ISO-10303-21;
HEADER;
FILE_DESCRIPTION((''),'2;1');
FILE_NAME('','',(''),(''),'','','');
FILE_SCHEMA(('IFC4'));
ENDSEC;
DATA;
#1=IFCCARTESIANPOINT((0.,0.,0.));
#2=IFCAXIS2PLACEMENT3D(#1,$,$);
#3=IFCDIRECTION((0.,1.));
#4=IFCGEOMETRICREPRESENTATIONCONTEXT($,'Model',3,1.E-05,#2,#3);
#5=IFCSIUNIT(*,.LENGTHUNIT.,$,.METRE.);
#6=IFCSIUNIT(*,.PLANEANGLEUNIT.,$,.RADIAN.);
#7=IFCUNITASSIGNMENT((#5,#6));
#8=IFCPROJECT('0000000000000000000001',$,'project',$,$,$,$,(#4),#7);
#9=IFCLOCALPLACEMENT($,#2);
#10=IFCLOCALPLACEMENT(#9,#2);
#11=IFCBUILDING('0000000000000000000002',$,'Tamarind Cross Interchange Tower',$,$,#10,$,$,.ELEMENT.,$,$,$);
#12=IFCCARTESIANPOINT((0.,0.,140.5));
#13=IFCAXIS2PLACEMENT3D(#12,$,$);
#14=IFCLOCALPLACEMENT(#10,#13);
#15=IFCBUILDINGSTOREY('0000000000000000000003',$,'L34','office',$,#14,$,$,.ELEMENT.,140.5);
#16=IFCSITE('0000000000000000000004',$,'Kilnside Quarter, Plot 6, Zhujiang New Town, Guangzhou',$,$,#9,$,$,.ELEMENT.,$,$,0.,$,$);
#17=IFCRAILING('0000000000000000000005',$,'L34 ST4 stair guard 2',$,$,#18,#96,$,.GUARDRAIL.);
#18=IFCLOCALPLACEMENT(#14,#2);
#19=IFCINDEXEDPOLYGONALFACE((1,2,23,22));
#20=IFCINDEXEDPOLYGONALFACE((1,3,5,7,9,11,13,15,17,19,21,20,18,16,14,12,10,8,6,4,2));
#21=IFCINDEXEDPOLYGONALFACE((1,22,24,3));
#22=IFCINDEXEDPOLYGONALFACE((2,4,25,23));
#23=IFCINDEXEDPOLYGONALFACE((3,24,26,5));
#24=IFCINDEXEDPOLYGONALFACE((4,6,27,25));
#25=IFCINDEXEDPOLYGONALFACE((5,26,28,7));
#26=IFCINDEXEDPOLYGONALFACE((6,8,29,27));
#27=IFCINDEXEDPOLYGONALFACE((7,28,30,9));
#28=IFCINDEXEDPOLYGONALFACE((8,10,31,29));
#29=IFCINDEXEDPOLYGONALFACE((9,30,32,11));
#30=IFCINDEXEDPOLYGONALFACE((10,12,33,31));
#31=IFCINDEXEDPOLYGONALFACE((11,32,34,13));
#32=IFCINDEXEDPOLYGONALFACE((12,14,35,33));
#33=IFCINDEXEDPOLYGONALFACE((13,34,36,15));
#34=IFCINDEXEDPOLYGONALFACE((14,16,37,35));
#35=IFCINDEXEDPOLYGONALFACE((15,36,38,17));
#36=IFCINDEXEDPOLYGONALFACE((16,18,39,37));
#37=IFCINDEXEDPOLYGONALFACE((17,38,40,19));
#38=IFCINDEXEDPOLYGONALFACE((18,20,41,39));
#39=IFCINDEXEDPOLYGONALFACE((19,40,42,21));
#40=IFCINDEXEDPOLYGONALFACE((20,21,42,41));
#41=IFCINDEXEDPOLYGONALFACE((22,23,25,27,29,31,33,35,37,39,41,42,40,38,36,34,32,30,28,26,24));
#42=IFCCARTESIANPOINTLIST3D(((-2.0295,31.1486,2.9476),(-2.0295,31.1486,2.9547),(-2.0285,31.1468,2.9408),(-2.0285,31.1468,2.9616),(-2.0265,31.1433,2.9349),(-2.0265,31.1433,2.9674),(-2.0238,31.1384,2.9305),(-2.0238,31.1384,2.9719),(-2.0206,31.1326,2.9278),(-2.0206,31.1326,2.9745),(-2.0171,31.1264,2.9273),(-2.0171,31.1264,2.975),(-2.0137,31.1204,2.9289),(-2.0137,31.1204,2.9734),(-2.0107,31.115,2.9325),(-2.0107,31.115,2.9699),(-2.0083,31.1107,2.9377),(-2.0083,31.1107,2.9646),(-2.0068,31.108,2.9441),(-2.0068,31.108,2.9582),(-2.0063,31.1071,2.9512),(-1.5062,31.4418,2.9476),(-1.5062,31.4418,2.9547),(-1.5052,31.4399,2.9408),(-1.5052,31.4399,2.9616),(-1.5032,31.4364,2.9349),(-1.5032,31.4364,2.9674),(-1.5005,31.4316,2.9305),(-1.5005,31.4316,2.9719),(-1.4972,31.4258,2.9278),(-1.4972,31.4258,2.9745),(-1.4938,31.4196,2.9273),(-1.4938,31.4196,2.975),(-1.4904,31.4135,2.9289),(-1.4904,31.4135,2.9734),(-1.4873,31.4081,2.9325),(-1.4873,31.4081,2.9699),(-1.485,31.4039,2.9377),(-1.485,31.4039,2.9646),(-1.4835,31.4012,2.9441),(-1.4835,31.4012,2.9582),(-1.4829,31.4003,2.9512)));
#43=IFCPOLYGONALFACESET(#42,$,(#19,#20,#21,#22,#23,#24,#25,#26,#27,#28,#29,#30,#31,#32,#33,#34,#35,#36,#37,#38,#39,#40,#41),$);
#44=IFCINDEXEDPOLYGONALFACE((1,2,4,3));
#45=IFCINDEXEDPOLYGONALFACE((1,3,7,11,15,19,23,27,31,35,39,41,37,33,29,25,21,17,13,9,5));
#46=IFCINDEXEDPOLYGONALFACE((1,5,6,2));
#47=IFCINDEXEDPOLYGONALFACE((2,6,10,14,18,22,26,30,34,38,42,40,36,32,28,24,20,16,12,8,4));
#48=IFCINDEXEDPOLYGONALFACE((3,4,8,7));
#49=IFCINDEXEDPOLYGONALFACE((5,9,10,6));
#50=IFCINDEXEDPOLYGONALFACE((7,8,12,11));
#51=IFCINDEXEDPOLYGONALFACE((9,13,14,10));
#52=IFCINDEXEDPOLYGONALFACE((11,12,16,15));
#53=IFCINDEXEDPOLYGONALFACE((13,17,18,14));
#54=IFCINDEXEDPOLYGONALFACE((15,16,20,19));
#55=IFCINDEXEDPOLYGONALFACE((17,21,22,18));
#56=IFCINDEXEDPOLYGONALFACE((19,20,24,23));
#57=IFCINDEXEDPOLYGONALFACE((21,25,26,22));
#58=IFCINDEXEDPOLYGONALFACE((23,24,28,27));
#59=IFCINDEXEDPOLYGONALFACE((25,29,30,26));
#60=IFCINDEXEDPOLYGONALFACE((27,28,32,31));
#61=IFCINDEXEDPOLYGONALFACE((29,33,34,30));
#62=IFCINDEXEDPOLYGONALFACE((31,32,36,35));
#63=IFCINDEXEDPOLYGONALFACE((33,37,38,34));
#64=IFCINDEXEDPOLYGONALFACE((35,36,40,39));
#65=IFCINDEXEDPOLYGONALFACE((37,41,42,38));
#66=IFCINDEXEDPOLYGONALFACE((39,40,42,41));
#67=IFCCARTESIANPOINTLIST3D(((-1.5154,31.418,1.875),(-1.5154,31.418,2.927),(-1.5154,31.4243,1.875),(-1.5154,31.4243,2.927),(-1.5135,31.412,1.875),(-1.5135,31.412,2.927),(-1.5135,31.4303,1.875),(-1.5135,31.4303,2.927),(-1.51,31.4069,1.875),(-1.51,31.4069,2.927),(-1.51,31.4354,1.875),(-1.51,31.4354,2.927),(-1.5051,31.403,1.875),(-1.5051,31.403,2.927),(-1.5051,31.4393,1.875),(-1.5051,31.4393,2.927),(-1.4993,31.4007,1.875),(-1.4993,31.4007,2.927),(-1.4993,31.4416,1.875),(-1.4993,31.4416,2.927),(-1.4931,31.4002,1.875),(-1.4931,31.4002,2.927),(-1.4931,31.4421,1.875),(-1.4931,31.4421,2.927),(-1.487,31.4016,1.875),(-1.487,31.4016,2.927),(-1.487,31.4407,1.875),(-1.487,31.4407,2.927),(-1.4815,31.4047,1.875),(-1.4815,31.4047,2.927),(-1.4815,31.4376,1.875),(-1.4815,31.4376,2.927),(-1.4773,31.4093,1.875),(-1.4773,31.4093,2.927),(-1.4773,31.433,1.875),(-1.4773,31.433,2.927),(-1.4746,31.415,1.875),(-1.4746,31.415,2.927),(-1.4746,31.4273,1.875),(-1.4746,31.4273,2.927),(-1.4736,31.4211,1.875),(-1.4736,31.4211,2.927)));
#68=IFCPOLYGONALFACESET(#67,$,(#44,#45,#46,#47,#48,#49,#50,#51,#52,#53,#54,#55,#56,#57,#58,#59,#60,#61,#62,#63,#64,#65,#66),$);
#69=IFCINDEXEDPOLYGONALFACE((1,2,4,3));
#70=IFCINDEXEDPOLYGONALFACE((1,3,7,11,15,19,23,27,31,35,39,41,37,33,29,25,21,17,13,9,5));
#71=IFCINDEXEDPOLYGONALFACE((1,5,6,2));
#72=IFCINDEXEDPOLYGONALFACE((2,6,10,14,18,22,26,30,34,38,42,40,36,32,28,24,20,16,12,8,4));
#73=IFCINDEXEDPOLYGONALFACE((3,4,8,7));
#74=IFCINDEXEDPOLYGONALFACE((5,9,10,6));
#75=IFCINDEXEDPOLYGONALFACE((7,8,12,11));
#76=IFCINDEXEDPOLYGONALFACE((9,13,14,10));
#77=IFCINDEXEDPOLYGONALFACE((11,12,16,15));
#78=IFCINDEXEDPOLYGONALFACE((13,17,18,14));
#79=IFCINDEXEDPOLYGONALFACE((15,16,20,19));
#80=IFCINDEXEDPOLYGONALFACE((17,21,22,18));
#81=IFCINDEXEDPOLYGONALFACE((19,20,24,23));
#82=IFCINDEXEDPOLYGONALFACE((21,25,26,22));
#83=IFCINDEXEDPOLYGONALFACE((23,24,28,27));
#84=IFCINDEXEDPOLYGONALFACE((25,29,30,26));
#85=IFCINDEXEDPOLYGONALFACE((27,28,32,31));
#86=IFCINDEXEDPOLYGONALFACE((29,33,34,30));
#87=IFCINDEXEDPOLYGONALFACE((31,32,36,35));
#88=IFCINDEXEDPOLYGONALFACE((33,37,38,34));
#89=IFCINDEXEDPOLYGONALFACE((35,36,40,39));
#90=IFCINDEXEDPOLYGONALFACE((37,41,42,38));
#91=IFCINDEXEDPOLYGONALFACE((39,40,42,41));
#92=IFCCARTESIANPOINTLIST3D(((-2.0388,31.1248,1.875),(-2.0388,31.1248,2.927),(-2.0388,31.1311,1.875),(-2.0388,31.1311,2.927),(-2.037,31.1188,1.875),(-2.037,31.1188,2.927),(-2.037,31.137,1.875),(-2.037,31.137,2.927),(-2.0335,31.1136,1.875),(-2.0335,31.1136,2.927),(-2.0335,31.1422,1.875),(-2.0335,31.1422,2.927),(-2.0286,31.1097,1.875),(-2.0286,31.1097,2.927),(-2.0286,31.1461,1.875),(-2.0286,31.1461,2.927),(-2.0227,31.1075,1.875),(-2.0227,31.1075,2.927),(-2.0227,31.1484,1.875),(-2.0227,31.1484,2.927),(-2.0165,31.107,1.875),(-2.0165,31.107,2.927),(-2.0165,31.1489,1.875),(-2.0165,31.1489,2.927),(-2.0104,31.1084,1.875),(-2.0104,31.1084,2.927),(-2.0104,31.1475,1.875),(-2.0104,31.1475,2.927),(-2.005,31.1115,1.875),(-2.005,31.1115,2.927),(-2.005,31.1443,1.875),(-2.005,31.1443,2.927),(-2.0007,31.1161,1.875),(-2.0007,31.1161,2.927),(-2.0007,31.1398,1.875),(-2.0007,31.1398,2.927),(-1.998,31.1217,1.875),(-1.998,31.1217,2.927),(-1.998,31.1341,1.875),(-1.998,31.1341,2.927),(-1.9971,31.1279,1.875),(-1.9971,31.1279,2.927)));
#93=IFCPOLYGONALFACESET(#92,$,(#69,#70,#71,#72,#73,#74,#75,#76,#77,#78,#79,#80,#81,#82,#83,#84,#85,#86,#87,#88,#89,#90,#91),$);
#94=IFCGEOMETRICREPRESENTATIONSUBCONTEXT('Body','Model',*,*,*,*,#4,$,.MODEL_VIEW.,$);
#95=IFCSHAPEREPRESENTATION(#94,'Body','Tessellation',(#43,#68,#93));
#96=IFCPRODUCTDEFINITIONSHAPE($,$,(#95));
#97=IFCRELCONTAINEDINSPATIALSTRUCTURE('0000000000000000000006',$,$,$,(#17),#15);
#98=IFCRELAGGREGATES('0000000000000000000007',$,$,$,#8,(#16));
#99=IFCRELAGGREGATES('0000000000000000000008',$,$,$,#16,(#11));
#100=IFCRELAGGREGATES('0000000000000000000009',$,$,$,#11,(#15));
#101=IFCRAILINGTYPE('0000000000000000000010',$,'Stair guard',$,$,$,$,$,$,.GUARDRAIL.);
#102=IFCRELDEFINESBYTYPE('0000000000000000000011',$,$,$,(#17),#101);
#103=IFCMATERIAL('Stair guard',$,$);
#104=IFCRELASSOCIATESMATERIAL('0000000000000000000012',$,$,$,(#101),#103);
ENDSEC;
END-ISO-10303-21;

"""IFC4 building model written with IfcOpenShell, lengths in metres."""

from ifc_helpers import new_model, si_unit, direction, frame, origin, origin_2d, place, context, subcontext, project, spatial, circle, extrude, material, type_object, element, save


model = new_model("IFC4")

# Units and contexts
model_context = context("Model", 3, precision=1e-05, world=origin(), true_north=direction((0.0, 1.0)))
body_context = subcontext(model_context, "Body", "Model", "MODEL_VIEW")
ifc_project = project(units=[si_unit("LENGTHUNIT", "METRE"), si_unit("PLANEANGLEUNIT", "RADIAN")], contexts=[model_context])

# Site, building, storey
site_placement = place(None, origin())
site = spatial("IfcSite", under=ifc_project, at=site_placement, Name="Kilnside Quarter, Plot 6, Zhujiang New Town, Guangzhou", CompositionType="ELEMENT", RefElevation=0.0)
building_placement = place(site_placement, origin())
building = spatial("IfcBuilding", under=site, at=building_placement, Name="Tamarind Cross Interchange Tower", CompositionType="ELEMENT")
storey_placement = place(building_placement, frame((0.0, 0.0, 140.5)))
storey = spatial("IfcBuildingStorey", under=building, at=storey_placement, Name="L34", Description="office", CompositionType="ELEMENT", Elevation=140.5)

# Railing
ifc_material_1 = material(Name="Stair guard")
railing_type_1 = type_object("IfcRailingType", Name="Stair guard", PredefinedType="GUARDRAIL", material=ifc_material_1)
railing_1_placement = place(storey_placement, frame((-1.4946, 31.4211, 1.875)))
element("IfcRailing", 1, at=railing_1_placement, inside=storey, type_object=railing_type_1, Name="L34 ST4 stair guard 2", PredefinedType="GUARDRAIL", context=body_context, shape_type="SweptSolid", body=[
    extrude(circle(Radius=0.0239, at=origin_2d()), frame((0.0, 0.0, 1.0762), z_axis=(-0.872444, -0.488715, 0.0), x_axis=(0.488715, -0.872444, 0.0)), (0.0, 0.0, 1.0), 0.5999),
    extrude(circle(Radius=0.021, at=origin_2d()), origin(), (0.0, 0.0, 1.0), 1.052),
    extrude(circle(Radius=0.021, at=origin_2d()), frame((-0.5234, -0.2932, 0.0)), (0.0, 0.0, 1.0), 1.052),
])

save(model, "model.ifc")
